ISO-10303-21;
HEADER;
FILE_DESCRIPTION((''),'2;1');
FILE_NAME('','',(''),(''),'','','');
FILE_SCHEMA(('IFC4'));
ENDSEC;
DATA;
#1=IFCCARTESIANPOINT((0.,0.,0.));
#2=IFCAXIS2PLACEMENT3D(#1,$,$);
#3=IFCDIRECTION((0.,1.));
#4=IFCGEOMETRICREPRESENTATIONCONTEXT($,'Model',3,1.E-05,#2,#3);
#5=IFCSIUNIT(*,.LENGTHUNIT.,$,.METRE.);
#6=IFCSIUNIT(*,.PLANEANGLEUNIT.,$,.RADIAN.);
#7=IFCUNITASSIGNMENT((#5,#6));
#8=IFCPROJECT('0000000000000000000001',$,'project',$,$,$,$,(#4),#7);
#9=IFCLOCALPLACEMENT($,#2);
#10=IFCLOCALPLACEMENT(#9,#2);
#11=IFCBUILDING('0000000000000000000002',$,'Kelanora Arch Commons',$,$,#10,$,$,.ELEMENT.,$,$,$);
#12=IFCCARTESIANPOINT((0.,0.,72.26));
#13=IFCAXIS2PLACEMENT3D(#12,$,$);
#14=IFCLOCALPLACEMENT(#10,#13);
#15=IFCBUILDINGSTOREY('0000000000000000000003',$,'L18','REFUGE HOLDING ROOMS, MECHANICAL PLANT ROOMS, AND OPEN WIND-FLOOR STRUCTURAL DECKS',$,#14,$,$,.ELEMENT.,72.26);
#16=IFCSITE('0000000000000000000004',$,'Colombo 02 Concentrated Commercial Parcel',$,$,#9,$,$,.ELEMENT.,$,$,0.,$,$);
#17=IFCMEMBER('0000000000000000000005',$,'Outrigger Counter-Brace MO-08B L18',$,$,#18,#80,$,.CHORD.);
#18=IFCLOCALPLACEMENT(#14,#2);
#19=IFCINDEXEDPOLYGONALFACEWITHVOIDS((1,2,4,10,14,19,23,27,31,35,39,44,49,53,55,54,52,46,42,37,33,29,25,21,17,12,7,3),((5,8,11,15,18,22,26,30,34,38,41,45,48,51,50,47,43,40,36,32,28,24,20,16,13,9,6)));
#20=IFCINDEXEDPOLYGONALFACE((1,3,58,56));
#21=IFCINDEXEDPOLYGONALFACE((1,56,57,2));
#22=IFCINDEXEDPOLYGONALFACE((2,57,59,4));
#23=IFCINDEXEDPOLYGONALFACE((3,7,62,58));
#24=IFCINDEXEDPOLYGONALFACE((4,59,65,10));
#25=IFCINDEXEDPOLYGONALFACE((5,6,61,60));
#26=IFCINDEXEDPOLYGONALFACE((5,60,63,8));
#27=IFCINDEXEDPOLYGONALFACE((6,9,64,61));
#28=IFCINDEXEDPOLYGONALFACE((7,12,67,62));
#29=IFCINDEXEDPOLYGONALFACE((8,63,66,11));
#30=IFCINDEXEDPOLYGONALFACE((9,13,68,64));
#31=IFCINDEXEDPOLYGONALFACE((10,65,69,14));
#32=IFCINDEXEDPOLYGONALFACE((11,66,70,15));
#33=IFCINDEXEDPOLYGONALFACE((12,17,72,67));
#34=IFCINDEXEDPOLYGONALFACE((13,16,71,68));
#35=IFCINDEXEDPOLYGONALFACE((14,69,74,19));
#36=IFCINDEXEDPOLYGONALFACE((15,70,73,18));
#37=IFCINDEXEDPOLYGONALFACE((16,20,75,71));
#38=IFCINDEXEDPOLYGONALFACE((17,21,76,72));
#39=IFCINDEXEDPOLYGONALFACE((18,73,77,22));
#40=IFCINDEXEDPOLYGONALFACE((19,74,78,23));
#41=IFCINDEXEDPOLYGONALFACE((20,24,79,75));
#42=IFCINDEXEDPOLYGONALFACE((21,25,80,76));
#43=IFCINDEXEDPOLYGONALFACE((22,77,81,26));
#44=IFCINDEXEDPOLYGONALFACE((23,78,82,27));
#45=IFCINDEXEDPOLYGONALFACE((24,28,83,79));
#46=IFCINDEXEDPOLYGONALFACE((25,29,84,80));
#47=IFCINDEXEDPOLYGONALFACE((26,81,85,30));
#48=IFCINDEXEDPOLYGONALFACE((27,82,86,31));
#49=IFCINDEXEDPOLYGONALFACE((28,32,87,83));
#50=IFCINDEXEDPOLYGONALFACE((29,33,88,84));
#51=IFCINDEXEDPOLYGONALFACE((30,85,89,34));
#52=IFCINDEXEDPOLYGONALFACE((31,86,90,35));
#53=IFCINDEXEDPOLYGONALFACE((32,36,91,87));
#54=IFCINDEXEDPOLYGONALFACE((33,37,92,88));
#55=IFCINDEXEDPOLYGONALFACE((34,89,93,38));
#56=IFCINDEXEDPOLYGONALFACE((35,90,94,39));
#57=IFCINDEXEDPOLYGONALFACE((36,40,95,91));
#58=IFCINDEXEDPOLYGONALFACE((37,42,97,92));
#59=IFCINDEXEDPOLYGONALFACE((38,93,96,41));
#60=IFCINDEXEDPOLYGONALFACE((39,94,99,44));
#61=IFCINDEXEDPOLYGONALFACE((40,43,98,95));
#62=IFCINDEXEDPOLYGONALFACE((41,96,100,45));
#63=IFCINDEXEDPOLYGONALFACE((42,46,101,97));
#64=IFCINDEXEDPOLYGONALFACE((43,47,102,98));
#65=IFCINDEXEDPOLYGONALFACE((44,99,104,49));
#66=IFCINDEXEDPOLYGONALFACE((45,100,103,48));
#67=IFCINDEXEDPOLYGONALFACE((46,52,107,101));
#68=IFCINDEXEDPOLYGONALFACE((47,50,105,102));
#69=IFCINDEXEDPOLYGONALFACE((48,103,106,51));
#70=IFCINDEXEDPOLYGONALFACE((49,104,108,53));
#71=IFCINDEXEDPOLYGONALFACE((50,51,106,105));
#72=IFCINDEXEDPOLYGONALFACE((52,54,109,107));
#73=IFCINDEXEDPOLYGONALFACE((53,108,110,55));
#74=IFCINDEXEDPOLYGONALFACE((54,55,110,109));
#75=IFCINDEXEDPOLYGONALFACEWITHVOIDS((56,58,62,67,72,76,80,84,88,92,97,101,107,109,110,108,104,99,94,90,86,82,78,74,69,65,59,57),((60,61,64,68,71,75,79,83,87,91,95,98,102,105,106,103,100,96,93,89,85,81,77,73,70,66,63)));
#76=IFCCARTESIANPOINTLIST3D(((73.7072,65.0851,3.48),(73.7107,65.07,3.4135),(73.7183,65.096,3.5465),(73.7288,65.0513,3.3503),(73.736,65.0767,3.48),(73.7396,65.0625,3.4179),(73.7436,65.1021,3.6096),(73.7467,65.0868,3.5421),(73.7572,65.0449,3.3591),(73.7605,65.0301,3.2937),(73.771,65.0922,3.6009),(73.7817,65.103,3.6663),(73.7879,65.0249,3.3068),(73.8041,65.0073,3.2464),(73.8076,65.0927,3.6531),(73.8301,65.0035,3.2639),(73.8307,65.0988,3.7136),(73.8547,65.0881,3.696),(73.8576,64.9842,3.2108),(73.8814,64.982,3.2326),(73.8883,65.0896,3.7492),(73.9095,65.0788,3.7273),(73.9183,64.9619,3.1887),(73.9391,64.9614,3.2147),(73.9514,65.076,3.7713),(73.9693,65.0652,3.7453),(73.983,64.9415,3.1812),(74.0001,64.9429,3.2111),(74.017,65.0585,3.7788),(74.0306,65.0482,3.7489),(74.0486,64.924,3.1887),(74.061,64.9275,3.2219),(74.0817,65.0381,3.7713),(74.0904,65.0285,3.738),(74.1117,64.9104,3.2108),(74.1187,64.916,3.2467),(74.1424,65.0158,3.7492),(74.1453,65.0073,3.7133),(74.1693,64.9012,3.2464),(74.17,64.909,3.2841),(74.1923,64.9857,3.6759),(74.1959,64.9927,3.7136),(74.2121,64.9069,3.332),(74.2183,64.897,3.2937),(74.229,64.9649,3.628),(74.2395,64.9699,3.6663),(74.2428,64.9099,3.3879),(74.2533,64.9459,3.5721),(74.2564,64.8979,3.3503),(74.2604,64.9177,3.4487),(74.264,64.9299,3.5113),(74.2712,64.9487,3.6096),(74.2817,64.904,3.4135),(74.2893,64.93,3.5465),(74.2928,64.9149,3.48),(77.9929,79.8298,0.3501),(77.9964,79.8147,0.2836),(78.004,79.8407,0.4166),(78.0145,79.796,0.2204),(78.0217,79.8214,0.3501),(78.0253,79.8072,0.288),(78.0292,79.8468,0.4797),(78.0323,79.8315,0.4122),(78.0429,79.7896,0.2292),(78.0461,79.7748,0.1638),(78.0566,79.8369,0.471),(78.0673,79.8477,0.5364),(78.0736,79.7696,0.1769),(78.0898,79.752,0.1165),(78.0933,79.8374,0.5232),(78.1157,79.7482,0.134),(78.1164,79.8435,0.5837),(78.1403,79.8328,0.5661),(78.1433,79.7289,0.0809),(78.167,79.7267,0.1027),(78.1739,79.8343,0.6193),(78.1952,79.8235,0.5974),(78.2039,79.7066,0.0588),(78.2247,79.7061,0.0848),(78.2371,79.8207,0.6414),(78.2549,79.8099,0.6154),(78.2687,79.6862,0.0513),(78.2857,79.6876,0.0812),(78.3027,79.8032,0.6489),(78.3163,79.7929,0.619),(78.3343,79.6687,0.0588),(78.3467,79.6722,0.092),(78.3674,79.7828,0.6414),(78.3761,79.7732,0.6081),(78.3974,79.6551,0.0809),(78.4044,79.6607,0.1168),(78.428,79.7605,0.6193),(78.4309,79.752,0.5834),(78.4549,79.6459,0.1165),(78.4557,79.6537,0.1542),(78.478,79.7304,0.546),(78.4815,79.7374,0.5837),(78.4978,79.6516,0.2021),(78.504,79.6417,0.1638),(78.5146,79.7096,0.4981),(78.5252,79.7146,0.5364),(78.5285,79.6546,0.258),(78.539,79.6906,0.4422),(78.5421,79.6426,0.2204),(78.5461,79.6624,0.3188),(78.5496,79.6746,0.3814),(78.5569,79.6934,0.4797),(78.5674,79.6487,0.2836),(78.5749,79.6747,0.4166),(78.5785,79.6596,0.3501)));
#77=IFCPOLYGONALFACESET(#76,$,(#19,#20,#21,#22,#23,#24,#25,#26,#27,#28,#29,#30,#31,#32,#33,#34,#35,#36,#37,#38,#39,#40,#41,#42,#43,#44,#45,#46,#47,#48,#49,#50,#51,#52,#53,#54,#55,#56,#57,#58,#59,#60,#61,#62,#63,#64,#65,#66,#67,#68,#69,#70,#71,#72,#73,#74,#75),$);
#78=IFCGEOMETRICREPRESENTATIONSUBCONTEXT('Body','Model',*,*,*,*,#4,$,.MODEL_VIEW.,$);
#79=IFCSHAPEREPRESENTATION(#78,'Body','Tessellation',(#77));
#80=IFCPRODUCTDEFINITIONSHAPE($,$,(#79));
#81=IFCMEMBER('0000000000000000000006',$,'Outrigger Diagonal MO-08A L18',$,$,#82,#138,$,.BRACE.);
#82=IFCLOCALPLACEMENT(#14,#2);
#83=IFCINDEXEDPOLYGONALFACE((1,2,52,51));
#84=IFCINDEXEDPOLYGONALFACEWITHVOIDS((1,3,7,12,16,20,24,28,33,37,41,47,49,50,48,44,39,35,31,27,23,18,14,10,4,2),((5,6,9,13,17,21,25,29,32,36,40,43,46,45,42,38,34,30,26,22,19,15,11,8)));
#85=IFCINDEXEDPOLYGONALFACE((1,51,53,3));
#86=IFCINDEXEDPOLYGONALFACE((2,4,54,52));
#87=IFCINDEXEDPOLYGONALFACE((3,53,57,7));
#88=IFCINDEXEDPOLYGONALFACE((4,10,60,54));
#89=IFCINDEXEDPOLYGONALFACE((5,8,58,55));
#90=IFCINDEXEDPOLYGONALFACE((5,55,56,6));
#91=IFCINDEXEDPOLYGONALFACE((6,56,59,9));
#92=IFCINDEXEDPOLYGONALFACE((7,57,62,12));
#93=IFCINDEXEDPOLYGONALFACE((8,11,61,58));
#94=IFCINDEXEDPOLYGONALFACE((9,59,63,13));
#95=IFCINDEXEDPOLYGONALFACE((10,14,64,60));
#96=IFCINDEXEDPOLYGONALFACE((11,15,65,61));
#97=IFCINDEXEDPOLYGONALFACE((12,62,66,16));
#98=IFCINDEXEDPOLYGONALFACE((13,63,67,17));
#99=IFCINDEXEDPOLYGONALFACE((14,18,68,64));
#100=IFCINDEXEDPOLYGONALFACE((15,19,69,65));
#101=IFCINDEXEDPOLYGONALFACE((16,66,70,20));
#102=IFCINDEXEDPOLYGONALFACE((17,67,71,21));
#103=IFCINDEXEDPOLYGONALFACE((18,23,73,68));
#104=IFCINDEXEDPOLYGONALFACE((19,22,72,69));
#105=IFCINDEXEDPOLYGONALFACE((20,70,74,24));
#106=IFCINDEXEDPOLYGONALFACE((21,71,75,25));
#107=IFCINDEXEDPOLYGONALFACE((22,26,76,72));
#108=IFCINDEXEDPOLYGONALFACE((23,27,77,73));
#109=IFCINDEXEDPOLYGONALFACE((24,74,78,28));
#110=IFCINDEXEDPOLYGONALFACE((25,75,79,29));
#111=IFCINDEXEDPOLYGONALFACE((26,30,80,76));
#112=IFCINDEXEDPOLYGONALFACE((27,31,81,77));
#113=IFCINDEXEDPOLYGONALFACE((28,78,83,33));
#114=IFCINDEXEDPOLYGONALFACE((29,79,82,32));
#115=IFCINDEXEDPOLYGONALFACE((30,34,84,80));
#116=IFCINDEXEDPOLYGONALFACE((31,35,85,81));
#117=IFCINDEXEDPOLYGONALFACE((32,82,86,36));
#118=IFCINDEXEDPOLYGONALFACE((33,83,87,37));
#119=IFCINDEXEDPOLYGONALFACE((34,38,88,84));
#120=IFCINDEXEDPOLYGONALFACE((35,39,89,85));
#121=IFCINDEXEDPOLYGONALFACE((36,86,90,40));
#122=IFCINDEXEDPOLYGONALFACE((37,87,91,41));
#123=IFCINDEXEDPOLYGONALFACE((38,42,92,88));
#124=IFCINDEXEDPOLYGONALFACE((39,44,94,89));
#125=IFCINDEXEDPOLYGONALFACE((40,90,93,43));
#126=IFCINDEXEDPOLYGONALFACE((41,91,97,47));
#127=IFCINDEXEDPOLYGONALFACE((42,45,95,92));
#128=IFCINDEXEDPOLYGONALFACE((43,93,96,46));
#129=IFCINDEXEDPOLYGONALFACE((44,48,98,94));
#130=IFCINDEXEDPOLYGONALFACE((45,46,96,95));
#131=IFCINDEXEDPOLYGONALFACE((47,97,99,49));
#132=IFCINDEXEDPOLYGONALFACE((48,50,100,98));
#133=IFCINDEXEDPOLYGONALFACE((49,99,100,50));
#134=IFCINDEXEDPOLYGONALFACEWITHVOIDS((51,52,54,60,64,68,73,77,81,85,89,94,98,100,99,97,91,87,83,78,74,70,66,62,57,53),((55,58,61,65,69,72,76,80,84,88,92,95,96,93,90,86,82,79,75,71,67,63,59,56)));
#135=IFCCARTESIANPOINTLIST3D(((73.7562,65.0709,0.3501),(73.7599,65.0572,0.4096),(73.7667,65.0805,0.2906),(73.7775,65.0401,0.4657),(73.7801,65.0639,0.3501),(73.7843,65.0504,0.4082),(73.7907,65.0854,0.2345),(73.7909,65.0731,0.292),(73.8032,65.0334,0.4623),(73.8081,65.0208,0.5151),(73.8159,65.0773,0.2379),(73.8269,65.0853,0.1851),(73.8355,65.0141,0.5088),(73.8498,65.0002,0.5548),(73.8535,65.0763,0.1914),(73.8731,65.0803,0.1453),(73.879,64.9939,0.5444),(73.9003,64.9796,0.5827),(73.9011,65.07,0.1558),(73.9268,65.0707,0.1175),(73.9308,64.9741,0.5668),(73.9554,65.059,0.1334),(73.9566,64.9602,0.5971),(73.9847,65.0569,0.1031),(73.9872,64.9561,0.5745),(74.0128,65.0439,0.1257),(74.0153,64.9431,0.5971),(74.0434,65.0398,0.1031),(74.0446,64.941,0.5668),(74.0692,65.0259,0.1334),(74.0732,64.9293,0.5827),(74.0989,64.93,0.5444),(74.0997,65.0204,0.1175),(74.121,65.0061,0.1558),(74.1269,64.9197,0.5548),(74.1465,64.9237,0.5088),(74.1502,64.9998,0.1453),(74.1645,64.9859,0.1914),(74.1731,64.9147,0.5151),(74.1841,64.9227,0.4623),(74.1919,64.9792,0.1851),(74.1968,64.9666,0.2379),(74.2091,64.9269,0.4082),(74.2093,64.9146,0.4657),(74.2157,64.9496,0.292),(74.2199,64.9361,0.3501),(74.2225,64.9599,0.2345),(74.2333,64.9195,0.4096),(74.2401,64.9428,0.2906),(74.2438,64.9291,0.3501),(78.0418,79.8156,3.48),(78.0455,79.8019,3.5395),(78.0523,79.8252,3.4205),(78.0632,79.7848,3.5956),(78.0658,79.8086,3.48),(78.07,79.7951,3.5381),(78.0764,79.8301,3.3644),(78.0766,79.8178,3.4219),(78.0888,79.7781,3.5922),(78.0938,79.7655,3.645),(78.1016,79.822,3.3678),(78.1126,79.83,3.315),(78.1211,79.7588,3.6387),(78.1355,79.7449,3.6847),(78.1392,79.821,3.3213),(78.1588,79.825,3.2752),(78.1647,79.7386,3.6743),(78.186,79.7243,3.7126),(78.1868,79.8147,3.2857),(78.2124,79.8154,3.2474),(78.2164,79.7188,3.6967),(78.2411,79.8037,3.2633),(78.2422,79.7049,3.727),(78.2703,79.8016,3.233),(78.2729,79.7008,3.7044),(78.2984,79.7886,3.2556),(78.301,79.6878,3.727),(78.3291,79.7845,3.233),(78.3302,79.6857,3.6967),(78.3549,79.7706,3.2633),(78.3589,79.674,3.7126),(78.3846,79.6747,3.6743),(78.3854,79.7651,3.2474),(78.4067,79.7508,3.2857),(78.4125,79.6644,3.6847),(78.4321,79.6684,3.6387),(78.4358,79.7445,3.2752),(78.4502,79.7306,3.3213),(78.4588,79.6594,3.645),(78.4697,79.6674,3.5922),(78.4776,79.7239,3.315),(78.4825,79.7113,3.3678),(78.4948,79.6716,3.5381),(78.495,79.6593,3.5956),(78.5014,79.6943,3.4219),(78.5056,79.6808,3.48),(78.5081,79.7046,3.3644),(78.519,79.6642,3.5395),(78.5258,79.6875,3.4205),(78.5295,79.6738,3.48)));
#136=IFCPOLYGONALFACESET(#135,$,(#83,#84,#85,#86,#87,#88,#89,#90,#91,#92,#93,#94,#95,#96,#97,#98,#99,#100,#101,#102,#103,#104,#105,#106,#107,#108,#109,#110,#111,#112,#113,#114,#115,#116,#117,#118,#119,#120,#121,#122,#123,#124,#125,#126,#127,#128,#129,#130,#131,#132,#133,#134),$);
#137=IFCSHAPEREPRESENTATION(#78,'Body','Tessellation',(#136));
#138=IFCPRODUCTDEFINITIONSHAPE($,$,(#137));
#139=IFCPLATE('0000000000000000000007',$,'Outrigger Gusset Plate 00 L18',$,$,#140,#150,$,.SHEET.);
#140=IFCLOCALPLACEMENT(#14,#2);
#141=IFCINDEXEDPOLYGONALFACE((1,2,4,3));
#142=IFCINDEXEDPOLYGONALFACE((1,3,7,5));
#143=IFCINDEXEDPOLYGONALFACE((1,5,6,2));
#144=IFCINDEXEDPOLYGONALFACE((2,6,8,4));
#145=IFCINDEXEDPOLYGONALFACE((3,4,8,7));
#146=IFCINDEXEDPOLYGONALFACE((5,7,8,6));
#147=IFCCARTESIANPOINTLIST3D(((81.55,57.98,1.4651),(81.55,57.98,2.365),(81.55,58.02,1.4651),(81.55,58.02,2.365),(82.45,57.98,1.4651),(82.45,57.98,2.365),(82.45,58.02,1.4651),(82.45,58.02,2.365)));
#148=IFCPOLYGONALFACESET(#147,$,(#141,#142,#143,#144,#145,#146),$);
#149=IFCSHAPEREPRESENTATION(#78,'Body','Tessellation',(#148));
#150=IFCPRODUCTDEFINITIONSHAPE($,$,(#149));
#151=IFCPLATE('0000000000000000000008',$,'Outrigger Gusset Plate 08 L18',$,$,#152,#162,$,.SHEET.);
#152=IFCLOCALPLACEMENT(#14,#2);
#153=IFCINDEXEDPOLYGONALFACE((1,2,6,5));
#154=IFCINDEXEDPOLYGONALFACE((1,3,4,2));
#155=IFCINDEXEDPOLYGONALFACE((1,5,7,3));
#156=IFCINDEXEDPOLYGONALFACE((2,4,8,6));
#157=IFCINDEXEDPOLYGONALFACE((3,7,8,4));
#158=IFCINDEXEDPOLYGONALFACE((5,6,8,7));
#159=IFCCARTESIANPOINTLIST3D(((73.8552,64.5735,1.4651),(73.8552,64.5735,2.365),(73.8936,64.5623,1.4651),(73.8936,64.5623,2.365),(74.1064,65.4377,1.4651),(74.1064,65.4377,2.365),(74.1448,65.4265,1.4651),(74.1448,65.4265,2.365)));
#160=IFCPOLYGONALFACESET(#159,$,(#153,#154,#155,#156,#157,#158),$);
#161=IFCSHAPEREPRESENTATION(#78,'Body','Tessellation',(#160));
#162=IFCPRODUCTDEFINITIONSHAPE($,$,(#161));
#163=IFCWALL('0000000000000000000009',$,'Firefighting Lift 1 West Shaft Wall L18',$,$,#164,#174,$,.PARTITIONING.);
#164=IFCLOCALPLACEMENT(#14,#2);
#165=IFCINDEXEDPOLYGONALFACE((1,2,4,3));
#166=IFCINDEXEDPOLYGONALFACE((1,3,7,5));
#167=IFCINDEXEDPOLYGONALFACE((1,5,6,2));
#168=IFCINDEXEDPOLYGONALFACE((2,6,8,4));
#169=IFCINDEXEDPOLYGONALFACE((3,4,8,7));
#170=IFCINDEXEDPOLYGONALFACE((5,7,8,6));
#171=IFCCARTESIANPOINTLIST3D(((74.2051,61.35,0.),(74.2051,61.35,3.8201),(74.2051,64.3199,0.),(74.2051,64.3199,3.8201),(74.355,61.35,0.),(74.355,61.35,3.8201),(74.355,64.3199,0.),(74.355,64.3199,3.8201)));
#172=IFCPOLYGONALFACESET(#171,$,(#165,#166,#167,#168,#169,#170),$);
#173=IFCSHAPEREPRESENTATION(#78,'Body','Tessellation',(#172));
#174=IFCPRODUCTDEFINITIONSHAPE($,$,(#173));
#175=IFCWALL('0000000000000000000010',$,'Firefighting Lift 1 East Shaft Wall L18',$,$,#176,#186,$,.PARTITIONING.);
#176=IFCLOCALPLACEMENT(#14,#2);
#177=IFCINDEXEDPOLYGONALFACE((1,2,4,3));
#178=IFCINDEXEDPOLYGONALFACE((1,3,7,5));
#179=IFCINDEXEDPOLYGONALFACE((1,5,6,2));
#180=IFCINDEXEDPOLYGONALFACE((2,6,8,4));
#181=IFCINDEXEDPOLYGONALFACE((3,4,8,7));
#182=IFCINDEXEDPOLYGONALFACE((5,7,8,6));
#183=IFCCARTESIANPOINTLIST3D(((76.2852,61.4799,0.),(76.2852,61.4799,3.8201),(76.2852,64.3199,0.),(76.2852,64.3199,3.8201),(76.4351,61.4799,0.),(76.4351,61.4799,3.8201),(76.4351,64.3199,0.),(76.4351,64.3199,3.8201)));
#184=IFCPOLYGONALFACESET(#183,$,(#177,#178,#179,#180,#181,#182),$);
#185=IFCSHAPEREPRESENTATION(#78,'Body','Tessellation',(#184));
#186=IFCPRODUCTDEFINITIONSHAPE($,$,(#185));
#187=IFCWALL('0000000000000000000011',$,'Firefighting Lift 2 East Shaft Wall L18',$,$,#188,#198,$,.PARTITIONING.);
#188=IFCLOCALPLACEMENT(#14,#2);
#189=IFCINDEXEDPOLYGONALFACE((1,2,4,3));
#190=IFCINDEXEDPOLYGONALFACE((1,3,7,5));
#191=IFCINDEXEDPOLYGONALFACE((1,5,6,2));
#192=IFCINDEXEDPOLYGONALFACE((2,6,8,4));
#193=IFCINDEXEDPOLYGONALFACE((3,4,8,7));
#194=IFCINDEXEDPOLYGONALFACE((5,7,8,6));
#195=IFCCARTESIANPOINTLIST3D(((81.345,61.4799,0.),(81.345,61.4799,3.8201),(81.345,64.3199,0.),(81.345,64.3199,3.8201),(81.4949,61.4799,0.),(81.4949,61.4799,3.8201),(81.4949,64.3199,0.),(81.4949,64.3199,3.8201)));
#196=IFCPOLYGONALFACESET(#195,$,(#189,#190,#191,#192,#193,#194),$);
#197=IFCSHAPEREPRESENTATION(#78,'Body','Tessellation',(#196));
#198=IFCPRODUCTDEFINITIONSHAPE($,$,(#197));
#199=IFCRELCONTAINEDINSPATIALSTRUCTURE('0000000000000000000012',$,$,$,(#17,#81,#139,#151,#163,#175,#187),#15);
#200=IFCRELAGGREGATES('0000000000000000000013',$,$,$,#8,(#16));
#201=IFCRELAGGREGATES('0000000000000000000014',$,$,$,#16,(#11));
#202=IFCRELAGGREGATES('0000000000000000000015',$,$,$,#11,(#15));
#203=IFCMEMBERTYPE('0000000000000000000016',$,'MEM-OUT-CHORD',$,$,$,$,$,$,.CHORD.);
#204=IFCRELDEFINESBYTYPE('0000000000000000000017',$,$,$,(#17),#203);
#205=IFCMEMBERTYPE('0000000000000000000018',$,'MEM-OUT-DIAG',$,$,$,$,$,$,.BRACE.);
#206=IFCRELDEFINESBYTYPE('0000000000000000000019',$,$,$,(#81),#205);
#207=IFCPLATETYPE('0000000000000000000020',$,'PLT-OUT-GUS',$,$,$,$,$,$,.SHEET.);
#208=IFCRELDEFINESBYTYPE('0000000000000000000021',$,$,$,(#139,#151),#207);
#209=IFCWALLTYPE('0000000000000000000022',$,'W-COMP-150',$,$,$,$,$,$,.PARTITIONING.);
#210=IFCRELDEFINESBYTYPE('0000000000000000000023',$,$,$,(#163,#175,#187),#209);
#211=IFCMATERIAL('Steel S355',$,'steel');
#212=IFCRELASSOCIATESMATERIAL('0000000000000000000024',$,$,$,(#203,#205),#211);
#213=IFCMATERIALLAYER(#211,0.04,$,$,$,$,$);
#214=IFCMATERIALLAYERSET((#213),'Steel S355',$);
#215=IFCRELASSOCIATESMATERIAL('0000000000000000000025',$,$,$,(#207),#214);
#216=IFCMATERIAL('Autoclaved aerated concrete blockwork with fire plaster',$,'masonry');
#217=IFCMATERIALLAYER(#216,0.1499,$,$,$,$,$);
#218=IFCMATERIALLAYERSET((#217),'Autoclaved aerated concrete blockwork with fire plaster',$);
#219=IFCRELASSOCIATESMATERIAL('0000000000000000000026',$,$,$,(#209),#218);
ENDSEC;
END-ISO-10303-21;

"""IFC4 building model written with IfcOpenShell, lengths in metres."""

from ifc_helpers import new_model, si_unit, direction, frame, frame_2d, origin, origin_2d, place, context, subcontext, project, spatial, rectangle, hollow_circle, extrude, source, transform, mapped, material, layer, layer_set, material_profile, profile_set, type_object, element, save


model = new_model("IFC4")

# Units and contexts
model_context = context("Model", 3, precision=1e-05, world=origin(), true_north=direction((0.0, 1.0)))
body_context = subcontext(model_context, "Body", "Model", "MODEL_VIEW")
ifc_project = project(units=[si_unit("LENGTHUNIT", "METRE"), si_unit("PLANEANGLEUNIT", "RADIAN")], contexts=[model_context])

# Site, building, storey
site_placement = place(None, origin())
site = spatial("IfcSite", under=ifc_project, at=site_placement, Name="Colombo 02 Concentrated Commercial Parcel", CompositionType="ELEMENT", RefElevation=0.0)
building_placement = place(site_placement, origin())
building = spatial("IfcBuilding", under=site, at=building_placement, Name="Kelanora Arch Commons", CompositionType="ELEMENT")
storey_placement = place(building_placement, frame((0.0, 0.0, 72.26)))
storey = spatial("IfcBuildingStorey", under=building, at=storey_placement, Name="L18", Description="REFUGE HOLDING ROOMS, MECHANICAL PLANT ROOMS, AND OPEN WIND-FLOOR STRUCTURAL DECKS", CompositionType="ELEMENT", Elevation=72.26)

# Shared definitions
ifc_material_1 = material(Name="Steel S355", Category="steel")

# Members
ifc_material_profile_1 = material_profile(ifc_material_1, hollow_circle(Radius=0.3049, WallThickness=0.03, at=origin_2d()), Name="CHS610x30")
ifc_profile_set_1 = profile_set([ifc_material_profile_1], Name="Steel S355")
member_type_1 = type_object("IfcMemberType", Name="MEM-OUT-CHORD", PredefinedType="CHORD", material=ifc_profile_set_1)
member_1_placement = place(storey_placement, frame((74.0, 65.0, 3.48), z_axis=(0.273484, 0.940912, -0.19973), x_axis=(-0.96026, 0.279107, 0.0)))
element("IfcMember", 1, at=member_1_placement, inside=storey, type_object=member_type_1, Name="Outrigger Counter-Brace MO-08B L18", PredefinedType="CHORD", context=body_context, shape_type="SweptSolid", body=[
    extrude(hollow_circle(Radius=0.3049, WallThickness=0.03, at=origin_2d()), origin(), (0.0, 0.0, 1.0), 15.6707),
])
ifc_material_profile_2 = material_profile(ifc_material_1, hollow_circle(Radius=0.2539, WallThickness=0.0249, at=origin_2d()), Name="CHS508x25")
ifc_profile_set_2 = profile_set([ifc_material_profile_2], Name="Steel S355")
member_type_2 = type_object("IfcMemberType", Name="MEM-OUT-DIAG", PredefinedType="BRACE", material=ifc_profile_set_2)
member_2_placement = place(storey_placement, frame((74.0, 65.0, 0.3501), z_axis=(0.273484, 0.940912, 0.19973), x_axis=(-0.96026, 0.279107, 0.0)))
element("IfcMember", 2, at=member_2_placement, inside=storey, type_object=member_type_2, Name="Outrigger Diagonal MO-08A L18", PredefinedType="BRACE", context=body_context, shape_type="SweptSolid", body=[
    extrude(hollow_circle(Radius=0.2539, WallThickness=0.0249, at=origin_2d()), origin(), (0.0, 0.0, 1.0), 15.6707),
])

# Plates
ifc_layer_1 = layer(ifc_material_1, 0.04)
ifc_layer_set_1 = layer_set([ifc_layer_1], Name="Steel S355")
plate_type = type_object("IfcPlateType", Name="PLT-OUT-GUS", PredefinedType="SHEET", material=ifc_layer_set_1)
shared_shape_1 = source(origin(), body_context, "Body", "SweptSolid", [
    extrude(rectangle(XDim=0.8999, YDim=0.04, at=origin_2d()), origin(), (0.0, 0.0, 1.0), 0.8999),
])
for number, where, z_axis, x_axis, name in (
    (3, (82.0, 58.0, 1.4651), (0.0, 0.0, 1.0), (1.0, 0.0, 0.0), "Outrigger Gusset Plate 00 L18"),
    (4, (74.0, 65.0, 1.4651), (0.0, 0.0, 1.0), (0.279105, 0.960261, 0.0), "Outrigger Gusset Plate 08 L18"),
):
    element("IfcPlate", number, at=place(storey_placement, frame(where, z_axis=z_axis, x_axis=x_axis)), inside=storey, type_object=plate_type, Name=name, PredefinedType="SHEET", context=body_context, shape_type="MappedRepresentation", body=[
        mapped(shared_shape_1, transform((0.0, 0.0, 0.0), scale=1.0)),
    ])

# Walls
ifc_material_2 = material(Name="Autoclaved aerated concrete blockwork with fire plaster", Category="masonry")
ifc_layer_2 = layer(ifc_material_2, 0.1499)
ifc_layer_set_2 = layer_set([ifc_layer_2], Name="Autoclaved aerated concrete blockwork with fire plaster")
wall_type_1 = type_object("IfcWallType", Name="W-COMP-150", PredefinedType="PARTITIONING", material=ifc_layer_set_2)
wall_1_placement = place(storey_placement, frame((74.28, 61.3501, 0.0), z_axis=(0.0, 0.0, 1.0), x_axis=(0.0, 1.0, 0.0)))
element("IfcWall", 5, at=wall_1_placement, inside=storey, type_object=wall_type_1, Name="Firefighting Lift 1 West Shaft Wall L18", PredefinedType="PARTITIONING", context=body_context, shape_type="SweptSolid", body=[
    extrude(rectangle(XDim=2.97, YDim=0.1499, at=frame_2d((1.4849, 0.0))), origin(), (0.0, 0.0, 1.0), 3.8201),
])
for number, where, z_axis, x_axis, name in (
    (6, (76.3601, 61.48, 0.0), (0.0, 0.0, 1.0), (0.0, 1.0, 0.0), "Firefighting Lift 1 East Shaft Wall L18"),
    (7, (81.4199, 61.48, 0.0), (0.0, 0.0, 1.0), (0.0, 1.0, 0.0), "Firefighting Lift 2 East Shaft Wall L18"),
):
    element("IfcWall", number, at=place(storey_placement, frame(where, z_axis=z_axis, x_axis=x_axis)), inside=storey, type_object=wall_type_1, Name=name, PredefinedType="PARTITIONING", context=body_context, shape_type="SweptSolid", body=[
        extrude(rectangle(XDim=2.8401, YDim=0.1499, at=frame_2d((1.4199, 0.0))), origin(), (0.0, 0.0, 1.0), 3.8201),
    ])

save(model, "model.ifc")
